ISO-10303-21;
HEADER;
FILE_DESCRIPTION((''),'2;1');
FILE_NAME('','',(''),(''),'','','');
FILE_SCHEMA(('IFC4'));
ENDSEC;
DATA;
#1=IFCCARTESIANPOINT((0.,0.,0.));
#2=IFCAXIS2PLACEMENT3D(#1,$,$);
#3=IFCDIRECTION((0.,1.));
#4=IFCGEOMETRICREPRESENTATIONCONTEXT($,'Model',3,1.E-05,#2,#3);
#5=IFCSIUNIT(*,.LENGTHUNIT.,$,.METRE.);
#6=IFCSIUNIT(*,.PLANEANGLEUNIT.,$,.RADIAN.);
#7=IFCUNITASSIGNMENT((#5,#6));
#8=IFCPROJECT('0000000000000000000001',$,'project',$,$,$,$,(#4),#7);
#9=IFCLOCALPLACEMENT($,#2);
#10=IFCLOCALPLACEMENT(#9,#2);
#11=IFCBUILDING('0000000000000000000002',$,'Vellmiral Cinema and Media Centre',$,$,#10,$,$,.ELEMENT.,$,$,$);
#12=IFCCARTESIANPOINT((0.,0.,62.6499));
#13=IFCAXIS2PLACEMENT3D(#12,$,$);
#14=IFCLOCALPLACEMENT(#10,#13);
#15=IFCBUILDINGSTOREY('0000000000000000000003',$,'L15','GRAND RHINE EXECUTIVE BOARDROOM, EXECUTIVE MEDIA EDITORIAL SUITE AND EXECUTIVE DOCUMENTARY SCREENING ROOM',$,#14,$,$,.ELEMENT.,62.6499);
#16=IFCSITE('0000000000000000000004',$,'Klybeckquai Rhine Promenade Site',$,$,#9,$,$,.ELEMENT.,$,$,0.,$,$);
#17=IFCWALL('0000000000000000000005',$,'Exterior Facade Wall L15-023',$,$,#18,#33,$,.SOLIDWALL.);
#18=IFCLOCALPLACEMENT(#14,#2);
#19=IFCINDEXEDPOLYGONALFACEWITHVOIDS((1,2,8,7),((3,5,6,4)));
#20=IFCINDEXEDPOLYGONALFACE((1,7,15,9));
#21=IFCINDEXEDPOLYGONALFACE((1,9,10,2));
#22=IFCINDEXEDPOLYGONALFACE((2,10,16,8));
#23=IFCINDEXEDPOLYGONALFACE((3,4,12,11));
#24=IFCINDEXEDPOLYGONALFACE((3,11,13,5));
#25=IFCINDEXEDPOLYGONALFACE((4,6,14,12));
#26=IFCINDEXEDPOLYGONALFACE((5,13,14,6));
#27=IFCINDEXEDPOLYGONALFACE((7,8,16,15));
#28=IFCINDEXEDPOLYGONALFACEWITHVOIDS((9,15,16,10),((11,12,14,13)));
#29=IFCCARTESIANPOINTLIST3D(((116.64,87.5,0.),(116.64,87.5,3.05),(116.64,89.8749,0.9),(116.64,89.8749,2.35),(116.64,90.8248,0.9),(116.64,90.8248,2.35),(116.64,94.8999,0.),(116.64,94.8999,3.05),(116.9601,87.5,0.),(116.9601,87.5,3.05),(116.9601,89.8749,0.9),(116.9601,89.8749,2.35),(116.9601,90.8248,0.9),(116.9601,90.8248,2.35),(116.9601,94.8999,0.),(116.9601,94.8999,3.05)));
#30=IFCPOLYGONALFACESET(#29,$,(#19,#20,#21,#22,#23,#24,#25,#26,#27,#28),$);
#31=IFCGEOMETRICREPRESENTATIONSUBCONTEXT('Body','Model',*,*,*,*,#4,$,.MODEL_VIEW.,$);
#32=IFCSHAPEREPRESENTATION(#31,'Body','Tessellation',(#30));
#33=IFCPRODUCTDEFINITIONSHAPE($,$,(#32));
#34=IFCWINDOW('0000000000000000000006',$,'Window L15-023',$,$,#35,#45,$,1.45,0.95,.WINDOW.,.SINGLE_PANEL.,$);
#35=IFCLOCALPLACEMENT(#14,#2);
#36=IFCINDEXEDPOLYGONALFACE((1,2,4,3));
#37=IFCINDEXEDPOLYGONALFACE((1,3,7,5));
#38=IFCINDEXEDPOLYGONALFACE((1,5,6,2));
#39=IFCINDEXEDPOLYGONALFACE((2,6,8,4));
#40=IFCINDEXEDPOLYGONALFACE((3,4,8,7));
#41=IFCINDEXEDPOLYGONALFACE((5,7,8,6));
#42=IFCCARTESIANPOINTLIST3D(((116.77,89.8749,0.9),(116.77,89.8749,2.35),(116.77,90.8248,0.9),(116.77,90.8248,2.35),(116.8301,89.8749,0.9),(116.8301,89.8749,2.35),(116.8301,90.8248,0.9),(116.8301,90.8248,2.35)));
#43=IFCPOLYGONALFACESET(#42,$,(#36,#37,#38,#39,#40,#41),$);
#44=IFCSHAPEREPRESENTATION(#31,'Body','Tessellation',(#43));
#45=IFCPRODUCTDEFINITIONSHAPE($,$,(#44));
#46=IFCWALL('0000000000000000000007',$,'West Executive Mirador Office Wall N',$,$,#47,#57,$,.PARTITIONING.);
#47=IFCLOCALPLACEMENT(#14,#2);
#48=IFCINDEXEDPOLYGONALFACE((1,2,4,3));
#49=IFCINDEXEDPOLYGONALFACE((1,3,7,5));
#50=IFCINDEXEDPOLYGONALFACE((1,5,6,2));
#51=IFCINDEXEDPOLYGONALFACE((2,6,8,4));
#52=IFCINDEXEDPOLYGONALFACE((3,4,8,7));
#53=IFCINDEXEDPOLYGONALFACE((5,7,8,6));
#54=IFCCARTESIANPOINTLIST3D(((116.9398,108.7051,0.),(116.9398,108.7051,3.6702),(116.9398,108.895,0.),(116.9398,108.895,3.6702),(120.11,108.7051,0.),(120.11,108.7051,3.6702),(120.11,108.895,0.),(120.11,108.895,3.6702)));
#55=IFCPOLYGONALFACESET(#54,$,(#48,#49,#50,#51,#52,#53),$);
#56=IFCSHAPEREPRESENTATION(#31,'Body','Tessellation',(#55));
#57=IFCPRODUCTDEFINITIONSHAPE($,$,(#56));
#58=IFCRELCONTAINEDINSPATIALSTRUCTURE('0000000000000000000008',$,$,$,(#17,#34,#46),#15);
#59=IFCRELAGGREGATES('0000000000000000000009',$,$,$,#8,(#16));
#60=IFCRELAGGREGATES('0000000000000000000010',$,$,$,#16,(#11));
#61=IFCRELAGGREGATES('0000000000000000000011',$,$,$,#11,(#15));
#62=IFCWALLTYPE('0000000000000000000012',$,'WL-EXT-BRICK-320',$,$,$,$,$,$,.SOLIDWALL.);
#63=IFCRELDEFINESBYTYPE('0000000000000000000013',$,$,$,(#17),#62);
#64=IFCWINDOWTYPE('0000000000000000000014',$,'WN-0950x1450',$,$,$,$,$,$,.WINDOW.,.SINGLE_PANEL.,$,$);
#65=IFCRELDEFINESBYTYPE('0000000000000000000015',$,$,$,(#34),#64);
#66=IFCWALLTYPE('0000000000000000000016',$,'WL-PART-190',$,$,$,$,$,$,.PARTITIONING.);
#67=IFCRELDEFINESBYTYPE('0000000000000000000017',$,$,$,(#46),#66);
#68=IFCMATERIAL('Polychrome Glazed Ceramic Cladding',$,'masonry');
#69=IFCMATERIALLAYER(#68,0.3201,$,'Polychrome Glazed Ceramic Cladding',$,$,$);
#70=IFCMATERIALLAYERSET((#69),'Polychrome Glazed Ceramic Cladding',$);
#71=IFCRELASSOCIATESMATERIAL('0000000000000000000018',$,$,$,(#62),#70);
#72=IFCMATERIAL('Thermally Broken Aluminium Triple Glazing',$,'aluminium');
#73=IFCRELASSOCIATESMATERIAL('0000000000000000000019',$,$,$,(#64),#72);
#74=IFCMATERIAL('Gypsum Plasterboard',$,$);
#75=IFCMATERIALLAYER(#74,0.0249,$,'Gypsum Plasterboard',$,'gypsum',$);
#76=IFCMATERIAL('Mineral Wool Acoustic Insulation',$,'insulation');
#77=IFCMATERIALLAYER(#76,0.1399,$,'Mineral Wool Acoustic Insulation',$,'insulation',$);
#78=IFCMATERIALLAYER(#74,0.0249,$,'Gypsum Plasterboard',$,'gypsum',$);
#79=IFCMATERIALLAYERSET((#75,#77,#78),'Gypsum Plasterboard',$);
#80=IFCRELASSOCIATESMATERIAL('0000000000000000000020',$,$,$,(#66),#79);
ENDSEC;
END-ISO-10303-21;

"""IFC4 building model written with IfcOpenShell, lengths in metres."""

from ifc_helpers import new_model, si_unit, direction, frame, frame_2d, origin, place, context, subcontext, project, spatial, rectangle, extrude, material, layer, layer_set, type_object, element, fill, save


model = new_model("IFC4")

# Units and contexts
model_context = context("Model", 3, precision=1e-05, world=origin(), true_north=direction((0.0, 1.0)))
body_context = subcontext(model_context, "Body", "Model", "MODEL_VIEW")
ifc_project = project(units=[si_unit("LENGTHUNIT", "METRE"), si_unit("PLANEANGLEUNIT", "RADIAN")], contexts=[model_context])

# Site, building, storey
site_placement = place(None, origin())
site = spatial("IfcSite", under=ifc_project, at=site_placement, Name="Klybeckquai Rhine Promenade Site", CompositionType="ELEMENT", RefElevation=0.0)
building_placement = place(site_placement, origin())
building = spatial("IfcBuilding", under=site, at=building_placement, Name="Vellmiral Cinema and Media Centre", CompositionType="ELEMENT")
storey_placement = place(building_placement, frame((0.0, 0.0, 62.6499)))
storey = spatial("IfcBuildingStorey", under=building, at=storey_placement, Name="L15", Description="GRAND RHINE EXECUTIVE BOARDROOM, EXECUTIVE MEDIA EDITORIAL SUITE AND EXECUTIVE DOCUMENTARY SCREENING ROOM", CompositionType="ELEMENT", Elevation=62.6499)

# Wall, opening, window
ifc_material_1 = material(Name="Polychrome Glazed Ceramic Cladding", Category="masonry")
ifc_layer_1 = layer(ifc_material_1, 0.3201, Name="Polychrome Glazed Ceramic Cladding")
ifc_layer_set_1 = layer_set([ifc_layer_1], Name="Polychrome Glazed Ceramic Cladding")
wall_type_1 = type_object("IfcWallType", Name="WL-EXT-BRICK-320", PredefinedType="SOLIDWALL", material=ifc_layer_set_1)
wall_1_placement = place(storey_placement, frame((116.8, 94.8999, 0.0), z_axis=(0.0, 0.0, 1.0), x_axis=(0.0, -1.0, 0.0)))
wall_1 = element("IfcWall", 1, at=wall_1_placement, inside=storey, type_object=wall_type_1, Name="Exterior Facade Wall L15-023", PredefinedType="SOLIDWALL", context=body_context, shape_type="SweptSolid", body=[
    extrude(rectangle(XDim=7.3999, YDim=0.3201, at=frame_2d((3.7, 0.0))), origin(), (0.0, 0.0, 1.0), 3.05),
])
opening_1_placement = place(wall_1_placement, frame((4.075, 0.0, 0.8999)))
opening_1 = element("IfcOpeningElement", 2, at=opening_1_placement, cuts=wall_1, PredefinedType="OPENING", context=body_context, shape_type="SweptSolid", body=[
    extrude(rectangle(XDim=0.95, YDim=1.45, at=frame_2d((0.4751, 0.7251))), frame((0.0, 0.1719, 0.0), z_axis=(0.0, -1.0, 0.0), x_axis=(1.0, 0.0, 0.0)), (0.0, 0.0, 1.0), 0.344),
])
ifc_material_2 = material(Name="Thermally Broken Aluminium Triple Glazing", Category="aluminium")
window_type_1 = type_object("IfcWindowType", Name="WN-0950x1450", PartitioningType="SINGLE_PANEL", PredefinedType="WINDOW", material=ifc_material_2)
window_1_placement = place(opening_1_placement, origin())
window_1 = element("IfcWindow", 3, at=window_1_placement, inside=storey, type_object=window_type_1, Name="Window L15-023", OverallHeight=1.45, OverallWidth=0.95, PartitioningType="SINGLE_PANEL", PredefinedType="WINDOW", context=body_context, shape_type="SweptSolid", body=[
    extrude(rectangle(XDim=0.95, YDim=1.45, at=frame_2d((0.4751, 0.7251))), frame((0.0, 0.03, 0.0), z_axis=(0.0, -1.0, 0.0), x_axis=(1.0, 0.0, 0.0)), (0.0, 0.0, 1.0), 0.0601),
])
fill(opening_1, window_1)

# Wall
ifc_material_3 = material(Name="Gypsum Plasterboard")
ifc_layer_2 = layer(ifc_material_3, 0.0249, Name="Gypsum Plasterboard", Category="gypsum")
ifc_material_4 = material(Name="Mineral Wool Acoustic Insulation", Category="insulation")
ifc_layer_3 = layer(ifc_material_4, 0.1399, Name="Mineral Wool Acoustic Insulation", Category="insulation")
ifc_layer_4 = layer(ifc_material_3, 0.0249, Name="Gypsum Plasterboard", Category="gypsum")
ifc_layer_set_2 = layer_set([ifc_layer_2, ifc_layer_3, ifc_layer_4], Name="Gypsum Plasterboard")
wall_type_2 = type_object("IfcWallType", Name="WL-PART-190", PredefinedType="PARTITIONING", material=ifc_layer_set_2)
wall_2_placement = place(storey_placement, frame((116.9399, 108.8, 0.0), z_axis=(0.0, 0.0, 1.0), x_axis=(1.0, 0.0, 0.0)))
element("IfcWall", 4, at=wall_2_placement, inside=storey, type_object=wall_type_2, Name="West Executive Mirador Office Wall N", PredefinedType="PARTITIONING", context=body_context, shape_type="SweptSolid", body=[
    extrude(rectangle(XDim=3.1702, YDim=0.1899, at=frame_2d((1.585, 0.0))), origin(), (0.0, 0.0, 1.0), 3.6702),
])

save(model, "model.ifc")
